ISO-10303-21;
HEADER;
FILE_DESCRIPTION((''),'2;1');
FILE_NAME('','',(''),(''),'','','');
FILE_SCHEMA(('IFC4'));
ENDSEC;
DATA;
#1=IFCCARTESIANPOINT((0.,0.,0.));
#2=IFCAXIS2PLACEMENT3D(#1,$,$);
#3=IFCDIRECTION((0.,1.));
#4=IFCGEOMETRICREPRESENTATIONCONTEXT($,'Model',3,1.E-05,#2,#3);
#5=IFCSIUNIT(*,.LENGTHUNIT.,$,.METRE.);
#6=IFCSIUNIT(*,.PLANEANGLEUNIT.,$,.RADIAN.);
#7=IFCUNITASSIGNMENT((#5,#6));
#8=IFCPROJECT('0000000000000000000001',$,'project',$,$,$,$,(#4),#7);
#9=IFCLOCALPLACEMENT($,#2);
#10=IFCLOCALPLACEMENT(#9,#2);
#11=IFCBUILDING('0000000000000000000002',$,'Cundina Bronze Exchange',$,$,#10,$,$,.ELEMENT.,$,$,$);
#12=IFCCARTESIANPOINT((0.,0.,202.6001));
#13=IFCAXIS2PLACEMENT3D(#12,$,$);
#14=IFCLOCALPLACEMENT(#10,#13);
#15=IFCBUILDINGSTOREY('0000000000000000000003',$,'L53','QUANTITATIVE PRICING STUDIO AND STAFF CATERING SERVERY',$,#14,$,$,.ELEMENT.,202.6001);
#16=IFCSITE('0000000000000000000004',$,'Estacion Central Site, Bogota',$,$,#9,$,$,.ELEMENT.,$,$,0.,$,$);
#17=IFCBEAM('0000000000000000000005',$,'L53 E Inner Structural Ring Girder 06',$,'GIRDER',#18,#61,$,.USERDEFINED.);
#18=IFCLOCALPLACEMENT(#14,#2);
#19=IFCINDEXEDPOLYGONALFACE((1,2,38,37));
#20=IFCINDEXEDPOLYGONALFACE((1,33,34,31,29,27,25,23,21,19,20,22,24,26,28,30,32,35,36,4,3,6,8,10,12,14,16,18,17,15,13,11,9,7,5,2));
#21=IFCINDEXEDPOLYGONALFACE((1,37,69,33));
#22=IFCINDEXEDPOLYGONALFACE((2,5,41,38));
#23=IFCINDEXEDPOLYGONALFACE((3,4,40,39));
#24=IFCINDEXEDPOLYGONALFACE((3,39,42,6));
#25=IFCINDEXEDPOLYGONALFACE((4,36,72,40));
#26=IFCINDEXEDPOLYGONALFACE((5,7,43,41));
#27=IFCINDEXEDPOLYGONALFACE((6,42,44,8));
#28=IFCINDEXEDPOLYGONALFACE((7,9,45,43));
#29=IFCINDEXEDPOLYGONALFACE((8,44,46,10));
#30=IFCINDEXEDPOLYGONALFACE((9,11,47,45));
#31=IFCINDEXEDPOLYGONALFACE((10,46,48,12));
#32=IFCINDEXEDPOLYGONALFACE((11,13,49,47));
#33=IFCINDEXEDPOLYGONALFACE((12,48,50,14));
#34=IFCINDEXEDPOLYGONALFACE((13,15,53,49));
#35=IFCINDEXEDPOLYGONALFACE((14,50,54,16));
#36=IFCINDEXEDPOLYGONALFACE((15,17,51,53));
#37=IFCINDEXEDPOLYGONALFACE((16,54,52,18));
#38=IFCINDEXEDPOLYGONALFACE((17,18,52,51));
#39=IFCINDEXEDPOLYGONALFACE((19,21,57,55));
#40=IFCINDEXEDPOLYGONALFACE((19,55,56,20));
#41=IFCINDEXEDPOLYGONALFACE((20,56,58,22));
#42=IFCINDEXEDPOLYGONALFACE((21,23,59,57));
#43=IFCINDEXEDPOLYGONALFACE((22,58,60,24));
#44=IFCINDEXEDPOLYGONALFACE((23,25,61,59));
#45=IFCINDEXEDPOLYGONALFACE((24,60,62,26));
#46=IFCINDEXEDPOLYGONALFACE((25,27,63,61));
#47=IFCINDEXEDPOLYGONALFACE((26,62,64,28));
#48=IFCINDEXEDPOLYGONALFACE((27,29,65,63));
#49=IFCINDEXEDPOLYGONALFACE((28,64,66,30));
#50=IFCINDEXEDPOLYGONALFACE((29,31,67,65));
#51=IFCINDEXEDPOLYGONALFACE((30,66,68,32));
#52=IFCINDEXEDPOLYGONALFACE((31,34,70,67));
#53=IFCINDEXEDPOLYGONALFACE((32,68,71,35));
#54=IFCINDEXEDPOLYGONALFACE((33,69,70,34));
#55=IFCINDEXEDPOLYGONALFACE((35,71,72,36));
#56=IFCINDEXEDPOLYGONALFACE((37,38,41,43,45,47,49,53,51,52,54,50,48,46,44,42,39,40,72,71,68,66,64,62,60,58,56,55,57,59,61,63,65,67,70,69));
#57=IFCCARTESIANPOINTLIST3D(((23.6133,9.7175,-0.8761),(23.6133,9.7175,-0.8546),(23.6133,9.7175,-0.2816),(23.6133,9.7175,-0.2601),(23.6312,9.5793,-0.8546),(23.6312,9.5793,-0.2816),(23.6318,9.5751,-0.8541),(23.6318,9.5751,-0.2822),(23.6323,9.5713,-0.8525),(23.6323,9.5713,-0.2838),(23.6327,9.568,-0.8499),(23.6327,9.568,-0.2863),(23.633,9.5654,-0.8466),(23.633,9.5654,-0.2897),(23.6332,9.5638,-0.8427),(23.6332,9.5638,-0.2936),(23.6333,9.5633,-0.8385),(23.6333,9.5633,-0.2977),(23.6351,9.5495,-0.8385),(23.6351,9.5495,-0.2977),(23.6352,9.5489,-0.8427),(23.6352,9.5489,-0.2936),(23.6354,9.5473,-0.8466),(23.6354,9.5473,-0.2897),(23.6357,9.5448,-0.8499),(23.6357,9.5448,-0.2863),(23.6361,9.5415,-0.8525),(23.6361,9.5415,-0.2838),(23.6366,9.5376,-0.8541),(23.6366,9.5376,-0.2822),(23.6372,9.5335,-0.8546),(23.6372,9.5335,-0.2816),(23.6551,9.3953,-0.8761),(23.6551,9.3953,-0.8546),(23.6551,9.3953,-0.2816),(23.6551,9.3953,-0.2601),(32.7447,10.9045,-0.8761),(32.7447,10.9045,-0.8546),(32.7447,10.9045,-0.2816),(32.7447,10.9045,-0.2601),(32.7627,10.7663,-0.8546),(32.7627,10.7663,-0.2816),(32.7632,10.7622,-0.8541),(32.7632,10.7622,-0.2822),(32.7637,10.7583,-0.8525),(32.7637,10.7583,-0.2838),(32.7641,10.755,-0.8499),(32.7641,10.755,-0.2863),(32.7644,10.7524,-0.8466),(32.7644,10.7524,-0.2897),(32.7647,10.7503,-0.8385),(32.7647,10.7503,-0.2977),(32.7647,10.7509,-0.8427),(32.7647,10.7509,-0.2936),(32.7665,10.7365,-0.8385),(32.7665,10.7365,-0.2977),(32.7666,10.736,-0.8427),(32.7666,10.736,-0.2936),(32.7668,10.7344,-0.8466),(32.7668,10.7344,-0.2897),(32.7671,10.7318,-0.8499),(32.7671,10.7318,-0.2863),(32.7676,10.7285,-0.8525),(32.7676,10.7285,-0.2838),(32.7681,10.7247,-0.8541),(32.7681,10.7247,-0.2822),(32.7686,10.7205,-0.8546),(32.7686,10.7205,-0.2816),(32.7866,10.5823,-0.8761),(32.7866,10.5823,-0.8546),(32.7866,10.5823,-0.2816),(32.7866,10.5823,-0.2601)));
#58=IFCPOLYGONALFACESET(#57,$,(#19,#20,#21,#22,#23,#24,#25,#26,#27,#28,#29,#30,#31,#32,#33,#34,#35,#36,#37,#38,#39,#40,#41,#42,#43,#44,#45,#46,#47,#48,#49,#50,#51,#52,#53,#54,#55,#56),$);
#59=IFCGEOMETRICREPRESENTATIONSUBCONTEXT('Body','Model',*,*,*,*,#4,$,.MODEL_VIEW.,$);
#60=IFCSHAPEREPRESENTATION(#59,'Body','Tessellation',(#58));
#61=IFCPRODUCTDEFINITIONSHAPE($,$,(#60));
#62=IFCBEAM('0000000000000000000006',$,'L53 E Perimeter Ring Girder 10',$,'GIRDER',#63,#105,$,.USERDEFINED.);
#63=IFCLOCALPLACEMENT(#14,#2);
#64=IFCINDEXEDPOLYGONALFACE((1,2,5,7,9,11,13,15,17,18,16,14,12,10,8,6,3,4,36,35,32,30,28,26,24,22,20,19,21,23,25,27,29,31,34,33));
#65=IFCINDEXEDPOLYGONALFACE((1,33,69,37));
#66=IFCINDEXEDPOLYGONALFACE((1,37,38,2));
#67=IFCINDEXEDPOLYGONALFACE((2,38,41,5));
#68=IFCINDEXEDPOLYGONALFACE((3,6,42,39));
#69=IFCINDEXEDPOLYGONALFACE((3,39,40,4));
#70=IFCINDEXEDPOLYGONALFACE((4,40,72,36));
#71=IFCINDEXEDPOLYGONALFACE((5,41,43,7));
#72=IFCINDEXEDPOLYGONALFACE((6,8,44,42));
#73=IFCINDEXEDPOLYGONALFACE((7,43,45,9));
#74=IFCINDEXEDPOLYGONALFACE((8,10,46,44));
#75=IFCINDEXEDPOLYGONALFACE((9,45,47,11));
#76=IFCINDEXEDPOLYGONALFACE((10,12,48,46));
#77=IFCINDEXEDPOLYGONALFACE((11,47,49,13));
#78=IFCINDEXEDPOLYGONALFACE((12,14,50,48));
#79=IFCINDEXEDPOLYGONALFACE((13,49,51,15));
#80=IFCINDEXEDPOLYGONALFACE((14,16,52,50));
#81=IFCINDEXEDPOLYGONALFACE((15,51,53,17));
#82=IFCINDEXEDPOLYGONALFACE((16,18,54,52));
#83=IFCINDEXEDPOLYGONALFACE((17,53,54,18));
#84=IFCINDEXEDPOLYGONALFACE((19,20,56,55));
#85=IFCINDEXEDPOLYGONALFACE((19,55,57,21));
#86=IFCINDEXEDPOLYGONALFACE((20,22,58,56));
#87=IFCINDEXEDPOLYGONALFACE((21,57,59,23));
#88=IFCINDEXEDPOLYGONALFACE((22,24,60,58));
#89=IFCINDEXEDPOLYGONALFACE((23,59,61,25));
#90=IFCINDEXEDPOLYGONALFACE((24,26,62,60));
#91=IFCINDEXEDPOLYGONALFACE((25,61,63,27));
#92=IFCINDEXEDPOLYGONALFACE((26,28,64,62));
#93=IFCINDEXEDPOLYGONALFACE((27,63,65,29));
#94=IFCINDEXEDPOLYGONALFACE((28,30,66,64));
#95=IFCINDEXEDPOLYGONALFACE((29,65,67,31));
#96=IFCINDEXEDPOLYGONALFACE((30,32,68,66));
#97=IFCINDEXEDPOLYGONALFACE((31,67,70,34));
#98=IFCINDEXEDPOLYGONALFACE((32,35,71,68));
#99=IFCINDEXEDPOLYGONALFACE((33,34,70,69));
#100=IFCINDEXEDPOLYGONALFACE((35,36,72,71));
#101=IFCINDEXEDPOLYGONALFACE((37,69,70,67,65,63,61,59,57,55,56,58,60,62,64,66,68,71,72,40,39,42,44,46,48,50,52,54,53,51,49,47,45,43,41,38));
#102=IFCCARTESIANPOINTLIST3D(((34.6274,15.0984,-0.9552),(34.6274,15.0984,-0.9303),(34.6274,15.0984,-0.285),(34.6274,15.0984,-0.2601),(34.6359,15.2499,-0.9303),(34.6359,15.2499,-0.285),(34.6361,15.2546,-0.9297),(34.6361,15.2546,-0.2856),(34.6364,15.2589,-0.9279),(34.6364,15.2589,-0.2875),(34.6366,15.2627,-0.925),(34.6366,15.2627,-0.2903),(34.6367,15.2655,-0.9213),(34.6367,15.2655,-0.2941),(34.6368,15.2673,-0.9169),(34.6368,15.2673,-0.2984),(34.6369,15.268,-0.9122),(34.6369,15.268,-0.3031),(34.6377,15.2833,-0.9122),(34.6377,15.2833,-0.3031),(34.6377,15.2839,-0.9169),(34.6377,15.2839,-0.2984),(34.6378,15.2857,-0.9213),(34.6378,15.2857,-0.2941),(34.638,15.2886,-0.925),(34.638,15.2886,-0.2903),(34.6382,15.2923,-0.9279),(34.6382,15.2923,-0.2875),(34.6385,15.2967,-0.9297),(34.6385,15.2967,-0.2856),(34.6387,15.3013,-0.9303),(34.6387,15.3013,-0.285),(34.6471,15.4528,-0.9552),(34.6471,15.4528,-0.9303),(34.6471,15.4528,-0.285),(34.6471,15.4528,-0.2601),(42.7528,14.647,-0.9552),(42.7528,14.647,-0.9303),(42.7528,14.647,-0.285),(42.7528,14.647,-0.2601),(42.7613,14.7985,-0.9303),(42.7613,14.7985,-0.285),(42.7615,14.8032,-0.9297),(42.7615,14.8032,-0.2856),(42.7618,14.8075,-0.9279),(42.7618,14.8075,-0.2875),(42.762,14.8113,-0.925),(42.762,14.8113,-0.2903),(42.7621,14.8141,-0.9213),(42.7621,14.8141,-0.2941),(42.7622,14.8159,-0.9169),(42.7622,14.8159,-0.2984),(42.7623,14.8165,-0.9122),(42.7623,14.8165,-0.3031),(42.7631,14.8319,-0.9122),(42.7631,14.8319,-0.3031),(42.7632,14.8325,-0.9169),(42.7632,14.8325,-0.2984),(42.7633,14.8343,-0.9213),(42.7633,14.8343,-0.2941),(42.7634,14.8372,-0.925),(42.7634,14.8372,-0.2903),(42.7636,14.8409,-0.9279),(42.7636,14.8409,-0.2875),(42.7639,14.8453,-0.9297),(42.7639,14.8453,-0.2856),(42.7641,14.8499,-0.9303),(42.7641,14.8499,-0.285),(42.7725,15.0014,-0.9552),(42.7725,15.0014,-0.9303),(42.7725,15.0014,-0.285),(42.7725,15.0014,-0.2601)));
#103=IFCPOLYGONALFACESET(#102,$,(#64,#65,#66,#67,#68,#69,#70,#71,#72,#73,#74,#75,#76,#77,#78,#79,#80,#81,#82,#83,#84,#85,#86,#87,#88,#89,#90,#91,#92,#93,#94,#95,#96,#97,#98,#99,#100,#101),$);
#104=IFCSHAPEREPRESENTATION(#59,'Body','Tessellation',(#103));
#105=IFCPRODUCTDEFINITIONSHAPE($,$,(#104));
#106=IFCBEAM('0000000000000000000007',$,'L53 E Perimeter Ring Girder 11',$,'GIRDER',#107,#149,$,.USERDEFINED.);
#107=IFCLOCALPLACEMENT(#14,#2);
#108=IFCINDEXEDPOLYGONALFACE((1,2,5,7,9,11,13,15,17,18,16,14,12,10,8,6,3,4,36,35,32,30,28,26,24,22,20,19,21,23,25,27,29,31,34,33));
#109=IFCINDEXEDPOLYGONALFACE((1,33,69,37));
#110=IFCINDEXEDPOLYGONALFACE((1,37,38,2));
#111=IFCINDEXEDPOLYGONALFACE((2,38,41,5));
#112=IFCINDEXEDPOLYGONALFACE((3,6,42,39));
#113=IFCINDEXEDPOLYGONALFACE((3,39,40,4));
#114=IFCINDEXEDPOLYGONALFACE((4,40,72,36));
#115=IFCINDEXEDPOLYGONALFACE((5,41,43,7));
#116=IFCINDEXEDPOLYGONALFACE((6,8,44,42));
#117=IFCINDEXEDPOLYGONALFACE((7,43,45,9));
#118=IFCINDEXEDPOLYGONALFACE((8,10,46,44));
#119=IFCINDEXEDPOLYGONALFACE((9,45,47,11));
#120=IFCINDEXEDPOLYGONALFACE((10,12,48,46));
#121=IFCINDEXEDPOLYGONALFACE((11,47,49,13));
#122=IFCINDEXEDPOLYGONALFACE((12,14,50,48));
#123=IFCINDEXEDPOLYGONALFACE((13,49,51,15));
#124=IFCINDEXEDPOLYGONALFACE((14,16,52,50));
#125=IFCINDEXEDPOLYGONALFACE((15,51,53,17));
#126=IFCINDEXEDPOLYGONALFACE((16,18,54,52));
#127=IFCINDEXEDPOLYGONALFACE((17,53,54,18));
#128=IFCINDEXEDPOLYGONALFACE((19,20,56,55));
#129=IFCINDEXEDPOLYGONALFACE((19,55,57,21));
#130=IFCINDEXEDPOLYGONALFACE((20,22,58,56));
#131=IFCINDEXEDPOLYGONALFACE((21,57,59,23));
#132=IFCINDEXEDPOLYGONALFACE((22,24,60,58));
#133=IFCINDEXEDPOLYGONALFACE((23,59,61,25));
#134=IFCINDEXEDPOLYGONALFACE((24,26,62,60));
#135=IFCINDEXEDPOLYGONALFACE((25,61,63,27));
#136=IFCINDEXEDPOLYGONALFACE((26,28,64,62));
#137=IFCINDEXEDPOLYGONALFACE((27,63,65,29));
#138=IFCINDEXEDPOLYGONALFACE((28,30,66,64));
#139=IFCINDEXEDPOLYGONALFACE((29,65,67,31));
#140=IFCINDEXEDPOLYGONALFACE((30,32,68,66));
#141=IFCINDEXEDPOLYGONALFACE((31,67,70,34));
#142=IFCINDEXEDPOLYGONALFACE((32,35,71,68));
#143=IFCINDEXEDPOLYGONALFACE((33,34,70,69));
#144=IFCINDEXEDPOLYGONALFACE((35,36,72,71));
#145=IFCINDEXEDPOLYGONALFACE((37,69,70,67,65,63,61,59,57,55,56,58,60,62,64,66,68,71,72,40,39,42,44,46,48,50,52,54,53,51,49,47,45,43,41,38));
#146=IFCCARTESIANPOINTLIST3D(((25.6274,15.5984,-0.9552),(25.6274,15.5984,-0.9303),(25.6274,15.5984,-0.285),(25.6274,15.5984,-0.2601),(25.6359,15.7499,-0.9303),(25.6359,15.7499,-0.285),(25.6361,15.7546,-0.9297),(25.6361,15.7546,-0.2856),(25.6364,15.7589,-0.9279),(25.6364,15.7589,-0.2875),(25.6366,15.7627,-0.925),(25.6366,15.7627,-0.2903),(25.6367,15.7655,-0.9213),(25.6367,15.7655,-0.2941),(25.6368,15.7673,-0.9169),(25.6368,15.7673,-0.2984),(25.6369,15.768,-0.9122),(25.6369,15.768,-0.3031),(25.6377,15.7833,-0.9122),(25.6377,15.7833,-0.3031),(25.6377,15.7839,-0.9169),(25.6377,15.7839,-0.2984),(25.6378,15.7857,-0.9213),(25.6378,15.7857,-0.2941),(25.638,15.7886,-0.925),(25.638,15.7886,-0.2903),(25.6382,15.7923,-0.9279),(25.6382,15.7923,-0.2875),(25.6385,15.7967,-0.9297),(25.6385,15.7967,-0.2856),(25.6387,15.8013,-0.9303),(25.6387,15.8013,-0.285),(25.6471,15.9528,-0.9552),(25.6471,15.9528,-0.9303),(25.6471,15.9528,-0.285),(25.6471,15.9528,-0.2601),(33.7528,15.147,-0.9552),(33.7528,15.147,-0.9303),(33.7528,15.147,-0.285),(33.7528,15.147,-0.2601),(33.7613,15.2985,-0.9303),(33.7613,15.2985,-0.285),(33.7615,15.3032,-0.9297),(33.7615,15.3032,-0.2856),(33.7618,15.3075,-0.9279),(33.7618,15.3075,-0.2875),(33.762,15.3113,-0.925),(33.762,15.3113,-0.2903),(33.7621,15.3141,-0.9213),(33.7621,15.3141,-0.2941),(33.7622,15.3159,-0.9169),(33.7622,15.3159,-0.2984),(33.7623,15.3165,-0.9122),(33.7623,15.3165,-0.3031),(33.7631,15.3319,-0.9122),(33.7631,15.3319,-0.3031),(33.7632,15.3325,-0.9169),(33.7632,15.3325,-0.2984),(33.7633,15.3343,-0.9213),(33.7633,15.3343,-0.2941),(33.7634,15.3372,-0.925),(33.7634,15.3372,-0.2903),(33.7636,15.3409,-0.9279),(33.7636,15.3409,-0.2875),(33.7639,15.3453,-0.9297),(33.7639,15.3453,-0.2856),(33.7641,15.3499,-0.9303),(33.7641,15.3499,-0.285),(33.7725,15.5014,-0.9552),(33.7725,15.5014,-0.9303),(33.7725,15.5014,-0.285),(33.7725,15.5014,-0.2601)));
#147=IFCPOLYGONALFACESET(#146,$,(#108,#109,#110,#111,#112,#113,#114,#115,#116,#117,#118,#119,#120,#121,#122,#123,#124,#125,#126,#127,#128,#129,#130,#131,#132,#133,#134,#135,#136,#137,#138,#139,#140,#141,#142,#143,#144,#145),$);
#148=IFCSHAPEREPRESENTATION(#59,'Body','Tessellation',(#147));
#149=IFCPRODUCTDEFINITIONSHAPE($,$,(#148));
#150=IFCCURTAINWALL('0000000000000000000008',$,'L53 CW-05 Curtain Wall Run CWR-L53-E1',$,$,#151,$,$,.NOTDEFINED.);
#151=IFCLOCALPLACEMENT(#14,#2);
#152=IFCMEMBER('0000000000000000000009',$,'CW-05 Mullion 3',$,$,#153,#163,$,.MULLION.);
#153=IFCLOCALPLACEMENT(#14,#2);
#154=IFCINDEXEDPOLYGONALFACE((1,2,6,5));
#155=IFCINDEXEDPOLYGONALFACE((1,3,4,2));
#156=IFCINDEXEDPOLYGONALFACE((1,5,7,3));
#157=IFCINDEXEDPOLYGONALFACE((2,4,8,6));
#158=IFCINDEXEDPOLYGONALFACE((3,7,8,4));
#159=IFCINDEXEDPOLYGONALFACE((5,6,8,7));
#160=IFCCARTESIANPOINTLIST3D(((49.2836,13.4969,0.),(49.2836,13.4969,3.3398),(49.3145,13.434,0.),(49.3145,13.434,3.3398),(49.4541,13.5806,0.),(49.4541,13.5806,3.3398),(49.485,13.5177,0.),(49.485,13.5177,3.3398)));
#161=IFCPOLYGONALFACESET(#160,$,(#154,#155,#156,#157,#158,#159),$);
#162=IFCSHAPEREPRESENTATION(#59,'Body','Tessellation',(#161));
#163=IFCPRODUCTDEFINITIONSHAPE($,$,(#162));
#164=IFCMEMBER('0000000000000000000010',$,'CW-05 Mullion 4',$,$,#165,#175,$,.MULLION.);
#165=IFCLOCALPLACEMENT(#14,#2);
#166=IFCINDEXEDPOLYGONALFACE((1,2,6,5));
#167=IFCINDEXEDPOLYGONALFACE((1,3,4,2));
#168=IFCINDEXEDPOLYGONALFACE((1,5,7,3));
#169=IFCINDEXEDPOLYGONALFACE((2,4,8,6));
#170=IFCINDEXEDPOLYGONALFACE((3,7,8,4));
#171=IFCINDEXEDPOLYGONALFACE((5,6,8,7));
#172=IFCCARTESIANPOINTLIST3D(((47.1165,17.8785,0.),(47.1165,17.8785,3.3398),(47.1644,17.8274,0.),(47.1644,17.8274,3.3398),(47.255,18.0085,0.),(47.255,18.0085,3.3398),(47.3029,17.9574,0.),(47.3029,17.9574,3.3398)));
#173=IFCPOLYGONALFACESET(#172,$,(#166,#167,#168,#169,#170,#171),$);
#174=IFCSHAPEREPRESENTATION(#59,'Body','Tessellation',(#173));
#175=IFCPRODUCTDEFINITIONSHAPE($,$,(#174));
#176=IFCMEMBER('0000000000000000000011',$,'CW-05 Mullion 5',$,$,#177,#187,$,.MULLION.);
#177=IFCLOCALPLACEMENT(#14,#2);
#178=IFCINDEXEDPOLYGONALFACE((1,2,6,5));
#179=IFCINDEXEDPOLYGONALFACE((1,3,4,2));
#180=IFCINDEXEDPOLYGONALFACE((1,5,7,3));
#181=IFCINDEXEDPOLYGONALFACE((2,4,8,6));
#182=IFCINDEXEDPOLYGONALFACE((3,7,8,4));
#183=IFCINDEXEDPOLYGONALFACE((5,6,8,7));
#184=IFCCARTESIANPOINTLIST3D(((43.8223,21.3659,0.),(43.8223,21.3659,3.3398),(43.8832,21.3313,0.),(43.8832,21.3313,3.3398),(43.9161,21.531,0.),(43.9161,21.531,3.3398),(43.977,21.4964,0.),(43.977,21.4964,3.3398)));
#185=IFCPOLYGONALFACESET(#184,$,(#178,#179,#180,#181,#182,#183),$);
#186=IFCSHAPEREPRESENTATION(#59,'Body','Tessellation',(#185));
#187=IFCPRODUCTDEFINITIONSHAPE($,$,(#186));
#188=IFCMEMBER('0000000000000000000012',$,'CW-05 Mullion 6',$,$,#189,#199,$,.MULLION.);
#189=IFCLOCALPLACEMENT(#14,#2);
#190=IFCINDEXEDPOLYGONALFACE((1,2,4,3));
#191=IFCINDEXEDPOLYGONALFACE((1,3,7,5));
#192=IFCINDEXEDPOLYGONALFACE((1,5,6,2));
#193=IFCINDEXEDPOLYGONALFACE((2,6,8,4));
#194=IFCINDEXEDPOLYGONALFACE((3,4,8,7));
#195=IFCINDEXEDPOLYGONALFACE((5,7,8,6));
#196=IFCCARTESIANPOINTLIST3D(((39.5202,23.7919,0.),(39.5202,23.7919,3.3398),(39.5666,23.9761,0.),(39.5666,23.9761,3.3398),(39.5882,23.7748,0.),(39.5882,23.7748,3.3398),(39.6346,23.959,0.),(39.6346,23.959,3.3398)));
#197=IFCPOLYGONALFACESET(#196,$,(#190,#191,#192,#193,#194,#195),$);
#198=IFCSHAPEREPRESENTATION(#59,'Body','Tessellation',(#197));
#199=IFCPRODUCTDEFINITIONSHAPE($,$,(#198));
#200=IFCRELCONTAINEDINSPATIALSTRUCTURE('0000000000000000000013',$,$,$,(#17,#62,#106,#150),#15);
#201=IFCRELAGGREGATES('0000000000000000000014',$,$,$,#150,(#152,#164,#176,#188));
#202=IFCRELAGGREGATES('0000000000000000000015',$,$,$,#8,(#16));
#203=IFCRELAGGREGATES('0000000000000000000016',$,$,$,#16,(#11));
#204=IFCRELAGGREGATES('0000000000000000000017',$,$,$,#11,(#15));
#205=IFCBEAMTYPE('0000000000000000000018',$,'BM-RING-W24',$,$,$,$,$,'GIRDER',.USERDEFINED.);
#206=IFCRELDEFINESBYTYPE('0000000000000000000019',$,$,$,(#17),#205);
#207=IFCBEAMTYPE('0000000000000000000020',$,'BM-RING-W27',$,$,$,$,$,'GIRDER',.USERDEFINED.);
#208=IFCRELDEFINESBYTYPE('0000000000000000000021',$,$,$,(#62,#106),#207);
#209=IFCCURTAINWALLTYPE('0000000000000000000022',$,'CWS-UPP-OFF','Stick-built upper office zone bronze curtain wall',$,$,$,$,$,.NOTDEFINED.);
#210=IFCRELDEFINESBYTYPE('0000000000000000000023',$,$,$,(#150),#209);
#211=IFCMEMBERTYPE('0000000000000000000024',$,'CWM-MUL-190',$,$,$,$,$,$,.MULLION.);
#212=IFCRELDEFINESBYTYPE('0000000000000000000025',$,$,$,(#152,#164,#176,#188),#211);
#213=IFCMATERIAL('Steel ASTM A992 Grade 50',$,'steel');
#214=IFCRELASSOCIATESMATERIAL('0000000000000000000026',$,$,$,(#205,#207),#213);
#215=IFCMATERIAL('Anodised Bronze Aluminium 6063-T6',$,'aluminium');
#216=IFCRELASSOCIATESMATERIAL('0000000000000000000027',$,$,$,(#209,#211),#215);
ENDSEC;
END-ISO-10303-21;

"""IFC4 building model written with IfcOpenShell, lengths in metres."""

from ifc_helpers import new_model, si_unit, direction, frame, origin, origin_2d, place, context, subcontext, project, spatial, rectangle, i_section, extrude, material, material_profile, profile_set, type_object, element, aggregate, save


model = new_model("IFC4")

# Units and contexts
model_context = context("Model", 3, precision=1e-05, world=origin(), true_north=direction((0.0, 1.0)))
body_context = subcontext(model_context, "Body", "Model", "MODEL_VIEW")
ifc_project = project(units=[si_unit("LENGTHUNIT", "METRE"), si_unit("PLANEANGLEUNIT", "RADIAN")], contexts=[model_context])

# Site, building, storey
site_placement = place(None, origin())
site = spatial("IfcSite", under=ifc_project, at=site_placement, Name="Estacion Central Site, Bogota", CompositionType="ELEMENT", RefElevation=0.0)
building_placement = place(site_placement, origin())
building = spatial("IfcBuilding", under=site, at=building_placement, Name="Cundina Bronze Exchange", CompositionType="ELEMENT")
storey_placement = place(building_placement, frame((0.0, 0.0, 202.6001)))
storey = spatial("IfcBuildingStorey", under=building, at=storey_placement, Name="L53", Description="QUANTITATIVE PRICING STUDIO AND STAFF CATERING SERVERY", CompositionType="ELEMENT", Elevation=202.6001)

# Beams
ifc_material_1 = material(Name="Steel ASTM A992 Grade 50", Category="steel")
ifc_material_profile_1 = material_profile(ifc_material_1, i_section(OverallWidth=0.325, OverallDepth=0.616, WebThickness=0.0139, FlangeThickness=0.0215, FilletRadius=0.0161, at=origin_2d()), Name="W24X117", Category="steel")
ifc_profile_set_1 = profile_set([ifc_material_profile_1], Name="Steel ASTM A992 Grade 50")
beam_type_1 = type_object("IfcBeamType", Name="BM-RING-W24", ElementType="GIRDER", PredefinedType="USERDEFINED", material=ifc_profile_set_1)
beam_1_placement = place(storey_placement, frame((32.7656, 10.7434, -0.5681), z_axis=(-0.991656, -0.128908, 0.0), x_axis=(0.128908, -0.991656, 0.0)))
element("IfcBeam", 1, at=beam_1_placement, inside=storey, type_object=beam_type_1, Name="L53 E Inner Structural Ring Girder 06", ObjectType="GIRDER", PredefinedType="USERDEFINED", context=body_context, shape_type="SweptSolid", body=[
    extrude(i_section(OverallWidth=0.325, OverallDepth=0.616, WebThickness=0.0139, FlangeThickness=0.0215, FilletRadius=0.0161, at=origin_2d()), origin(), (0.0, 0.0, 1.0), 9.2083),
])
ifc_material_profile_2 = material_profile(ifc_material_1, i_section(OverallWidth=0.355, OverallDepth=0.6951, WebThickness=0.0154, FlangeThickness=0.0249, FilletRadius=0.0181, at=origin_2d()), Name="W27X146", Category="steel")
ifc_profile_set_2 = profile_set([ifc_material_profile_2], Name="Steel ASTM A992 Grade 50")
beam_type_2 = type_object("IfcBeamType", Name="BM-RING-W27", ElementType="GIRDER", PredefinedType="USERDEFINED", material=ifc_profile_set_2)
for number, where, z_axis, x_axis, name in (
    (2, (42.7627, 14.8242, -0.6077), (-0.99846, 0.05547, 0.0), (-0.05547, -0.99846, 0.0), "L53 E Perimeter Ring Girder 10"),
    (3, (33.7627, 15.3242, -0.6077), (-0.99846, 0.05547, 0.0), (-0.05547, -0.99846, 0.0), "L53 E Perimeter Ring Girder 11"),
):
    element("IfcBeam", number, at=place(storey_placement, frame(where, z_axis=z_axis, x_axis=x_axis)), inside=storey, type_object=beam_type_2, Name=name, ObjectType="GIRDER", PredefinedType="USERDEFINED", context=body_context, shape_type="SweptSolid", body=[
        extrude(i_section(OverallWidth=0.355, OverallDepth=0.6951, WebThickness=0.0154, FlangeThickness=0.0249, FilletRadius=0.0181, at=origin_2d()), origin(), (0.0, 0.0, 1.0), 8.1379),
    ])

# Curtain wall, members
ifc_material_2 = material(Name="Anodised Bronze Aluminium 6063-T6", Category="aluminium")
curtain_wall_type = type_object("IfcCurtainWallType", Name="CWS-UPP-OFF", Description="Stick-built upper office zone bronze curtain wall", PredefinedType="NOTDEFINED", material=ifc_material_2)
curtain_wall_1_placement = place(storey_placement, origin())
curtain_wall_1 = element("IfcCurtainWall", 4, at=curtain_wall_1_placement, inside=storey, type_object=curtain_wall_type, Name="L53 CW-05 Curtain Wall Run CWR-L53-E1", PredefinedType="NOTDEFINED")
ifc_material_profile_3 = material_profile(ifc_material_2, rectangle(XDim=0.0701, YDim=0.1899, at=origin_2d()), Name="AL70X190", Category="aluminium")
ifc_profile_set_3 = profile_set([ifc_material_profile_3], Name="Anodised Bronze Aluminium 6063-T6")
member_type_1 = type_object("IfcMemberType", Name="CWM-MUL-190", PredefinedType="MULLION", material=ifc_profile_set_3)
member_1_placement = place(storey_placement, frame((49.3843, 13.5073, 0.0), z_axis=(0.0, 0.0, 1.0), x_axis=(-0.440566, 0.89772, 0.0)))
member_1 = element("IfcMember", 5, at=member_1_placement, type_object=member_type_1, Name="CW-05 Mullion 3", PredefinedType="MULLION", context=body_context, shape_type="SweptSolid", body=[
    extrude(rectangle(XDim=0.0701, YDim=0.1899, at=origin_2d()), origin(), (0.0, 0.0, 1.0), 3.3398),
])
member_2_placement = place(storey_placement, frame((47.2097, 17.918, 0.0), z_axis=(0.0, 0.0, 1.0), x_axis=(-0.684293, 0.729208, 0.0)))
member_2 = element("IfcMember", 6, at=member_2_placement, type_object=member_type_1, Name="CW-05 Mullion 4", PredefinedType="MULLION", context=body_context, shape_type="SweptSolid", body=[
    extrude(rectangle(XDim=0.0701, YDim=0.1899, at=origin_2d()), origin(), (0.0, 0.0, 1.0), 3.3398),
])
member_3_placement = place(storey_placement, frame((43.8997, 21.4312, 0.0), z_axis=(0.0, 0.0, 1.0), x_axis=(-0.869581, 0.49379, 0.0)))
member_3 = element("IfcMember", 7, at=member_3_placement, type_object=member_type_1, Name="CW-05 Mullion 5", PredefinedType="MULLION", context=body_context, shape_type="SweptSolid", body=[
    extrude(rectangle(XDim=0.0701, YDim=0.1899, at=origin_2d()), origin(), (0.0, 0.0, 1.0), 3.3398),
])
member_4_placement = place(storey_placement, frame((39.5774, 23.8755, 0.0), z_axis=(0.0, 0.0, 1.0), x_axis=(-0.969744, 0.244123, 0.0)))
member_4 = element("IfcMember", 8, at=member_4_placement, type_object=member_type_1, Name="CW-05 Mullion 6", PredefinedType="MULLION", context=body_context, shape_type="SweptSolid", body=[
    extrude(rectangle(XDim=0.0701, YDim=0.1899, at=origin_2d()), origin(), (0.0, 0.0, 1.0), 3.3398),
])

aggregate(curtain_wall_1, [member_1, member_2, member_3, member_4])

save(model, "model.ifc")
